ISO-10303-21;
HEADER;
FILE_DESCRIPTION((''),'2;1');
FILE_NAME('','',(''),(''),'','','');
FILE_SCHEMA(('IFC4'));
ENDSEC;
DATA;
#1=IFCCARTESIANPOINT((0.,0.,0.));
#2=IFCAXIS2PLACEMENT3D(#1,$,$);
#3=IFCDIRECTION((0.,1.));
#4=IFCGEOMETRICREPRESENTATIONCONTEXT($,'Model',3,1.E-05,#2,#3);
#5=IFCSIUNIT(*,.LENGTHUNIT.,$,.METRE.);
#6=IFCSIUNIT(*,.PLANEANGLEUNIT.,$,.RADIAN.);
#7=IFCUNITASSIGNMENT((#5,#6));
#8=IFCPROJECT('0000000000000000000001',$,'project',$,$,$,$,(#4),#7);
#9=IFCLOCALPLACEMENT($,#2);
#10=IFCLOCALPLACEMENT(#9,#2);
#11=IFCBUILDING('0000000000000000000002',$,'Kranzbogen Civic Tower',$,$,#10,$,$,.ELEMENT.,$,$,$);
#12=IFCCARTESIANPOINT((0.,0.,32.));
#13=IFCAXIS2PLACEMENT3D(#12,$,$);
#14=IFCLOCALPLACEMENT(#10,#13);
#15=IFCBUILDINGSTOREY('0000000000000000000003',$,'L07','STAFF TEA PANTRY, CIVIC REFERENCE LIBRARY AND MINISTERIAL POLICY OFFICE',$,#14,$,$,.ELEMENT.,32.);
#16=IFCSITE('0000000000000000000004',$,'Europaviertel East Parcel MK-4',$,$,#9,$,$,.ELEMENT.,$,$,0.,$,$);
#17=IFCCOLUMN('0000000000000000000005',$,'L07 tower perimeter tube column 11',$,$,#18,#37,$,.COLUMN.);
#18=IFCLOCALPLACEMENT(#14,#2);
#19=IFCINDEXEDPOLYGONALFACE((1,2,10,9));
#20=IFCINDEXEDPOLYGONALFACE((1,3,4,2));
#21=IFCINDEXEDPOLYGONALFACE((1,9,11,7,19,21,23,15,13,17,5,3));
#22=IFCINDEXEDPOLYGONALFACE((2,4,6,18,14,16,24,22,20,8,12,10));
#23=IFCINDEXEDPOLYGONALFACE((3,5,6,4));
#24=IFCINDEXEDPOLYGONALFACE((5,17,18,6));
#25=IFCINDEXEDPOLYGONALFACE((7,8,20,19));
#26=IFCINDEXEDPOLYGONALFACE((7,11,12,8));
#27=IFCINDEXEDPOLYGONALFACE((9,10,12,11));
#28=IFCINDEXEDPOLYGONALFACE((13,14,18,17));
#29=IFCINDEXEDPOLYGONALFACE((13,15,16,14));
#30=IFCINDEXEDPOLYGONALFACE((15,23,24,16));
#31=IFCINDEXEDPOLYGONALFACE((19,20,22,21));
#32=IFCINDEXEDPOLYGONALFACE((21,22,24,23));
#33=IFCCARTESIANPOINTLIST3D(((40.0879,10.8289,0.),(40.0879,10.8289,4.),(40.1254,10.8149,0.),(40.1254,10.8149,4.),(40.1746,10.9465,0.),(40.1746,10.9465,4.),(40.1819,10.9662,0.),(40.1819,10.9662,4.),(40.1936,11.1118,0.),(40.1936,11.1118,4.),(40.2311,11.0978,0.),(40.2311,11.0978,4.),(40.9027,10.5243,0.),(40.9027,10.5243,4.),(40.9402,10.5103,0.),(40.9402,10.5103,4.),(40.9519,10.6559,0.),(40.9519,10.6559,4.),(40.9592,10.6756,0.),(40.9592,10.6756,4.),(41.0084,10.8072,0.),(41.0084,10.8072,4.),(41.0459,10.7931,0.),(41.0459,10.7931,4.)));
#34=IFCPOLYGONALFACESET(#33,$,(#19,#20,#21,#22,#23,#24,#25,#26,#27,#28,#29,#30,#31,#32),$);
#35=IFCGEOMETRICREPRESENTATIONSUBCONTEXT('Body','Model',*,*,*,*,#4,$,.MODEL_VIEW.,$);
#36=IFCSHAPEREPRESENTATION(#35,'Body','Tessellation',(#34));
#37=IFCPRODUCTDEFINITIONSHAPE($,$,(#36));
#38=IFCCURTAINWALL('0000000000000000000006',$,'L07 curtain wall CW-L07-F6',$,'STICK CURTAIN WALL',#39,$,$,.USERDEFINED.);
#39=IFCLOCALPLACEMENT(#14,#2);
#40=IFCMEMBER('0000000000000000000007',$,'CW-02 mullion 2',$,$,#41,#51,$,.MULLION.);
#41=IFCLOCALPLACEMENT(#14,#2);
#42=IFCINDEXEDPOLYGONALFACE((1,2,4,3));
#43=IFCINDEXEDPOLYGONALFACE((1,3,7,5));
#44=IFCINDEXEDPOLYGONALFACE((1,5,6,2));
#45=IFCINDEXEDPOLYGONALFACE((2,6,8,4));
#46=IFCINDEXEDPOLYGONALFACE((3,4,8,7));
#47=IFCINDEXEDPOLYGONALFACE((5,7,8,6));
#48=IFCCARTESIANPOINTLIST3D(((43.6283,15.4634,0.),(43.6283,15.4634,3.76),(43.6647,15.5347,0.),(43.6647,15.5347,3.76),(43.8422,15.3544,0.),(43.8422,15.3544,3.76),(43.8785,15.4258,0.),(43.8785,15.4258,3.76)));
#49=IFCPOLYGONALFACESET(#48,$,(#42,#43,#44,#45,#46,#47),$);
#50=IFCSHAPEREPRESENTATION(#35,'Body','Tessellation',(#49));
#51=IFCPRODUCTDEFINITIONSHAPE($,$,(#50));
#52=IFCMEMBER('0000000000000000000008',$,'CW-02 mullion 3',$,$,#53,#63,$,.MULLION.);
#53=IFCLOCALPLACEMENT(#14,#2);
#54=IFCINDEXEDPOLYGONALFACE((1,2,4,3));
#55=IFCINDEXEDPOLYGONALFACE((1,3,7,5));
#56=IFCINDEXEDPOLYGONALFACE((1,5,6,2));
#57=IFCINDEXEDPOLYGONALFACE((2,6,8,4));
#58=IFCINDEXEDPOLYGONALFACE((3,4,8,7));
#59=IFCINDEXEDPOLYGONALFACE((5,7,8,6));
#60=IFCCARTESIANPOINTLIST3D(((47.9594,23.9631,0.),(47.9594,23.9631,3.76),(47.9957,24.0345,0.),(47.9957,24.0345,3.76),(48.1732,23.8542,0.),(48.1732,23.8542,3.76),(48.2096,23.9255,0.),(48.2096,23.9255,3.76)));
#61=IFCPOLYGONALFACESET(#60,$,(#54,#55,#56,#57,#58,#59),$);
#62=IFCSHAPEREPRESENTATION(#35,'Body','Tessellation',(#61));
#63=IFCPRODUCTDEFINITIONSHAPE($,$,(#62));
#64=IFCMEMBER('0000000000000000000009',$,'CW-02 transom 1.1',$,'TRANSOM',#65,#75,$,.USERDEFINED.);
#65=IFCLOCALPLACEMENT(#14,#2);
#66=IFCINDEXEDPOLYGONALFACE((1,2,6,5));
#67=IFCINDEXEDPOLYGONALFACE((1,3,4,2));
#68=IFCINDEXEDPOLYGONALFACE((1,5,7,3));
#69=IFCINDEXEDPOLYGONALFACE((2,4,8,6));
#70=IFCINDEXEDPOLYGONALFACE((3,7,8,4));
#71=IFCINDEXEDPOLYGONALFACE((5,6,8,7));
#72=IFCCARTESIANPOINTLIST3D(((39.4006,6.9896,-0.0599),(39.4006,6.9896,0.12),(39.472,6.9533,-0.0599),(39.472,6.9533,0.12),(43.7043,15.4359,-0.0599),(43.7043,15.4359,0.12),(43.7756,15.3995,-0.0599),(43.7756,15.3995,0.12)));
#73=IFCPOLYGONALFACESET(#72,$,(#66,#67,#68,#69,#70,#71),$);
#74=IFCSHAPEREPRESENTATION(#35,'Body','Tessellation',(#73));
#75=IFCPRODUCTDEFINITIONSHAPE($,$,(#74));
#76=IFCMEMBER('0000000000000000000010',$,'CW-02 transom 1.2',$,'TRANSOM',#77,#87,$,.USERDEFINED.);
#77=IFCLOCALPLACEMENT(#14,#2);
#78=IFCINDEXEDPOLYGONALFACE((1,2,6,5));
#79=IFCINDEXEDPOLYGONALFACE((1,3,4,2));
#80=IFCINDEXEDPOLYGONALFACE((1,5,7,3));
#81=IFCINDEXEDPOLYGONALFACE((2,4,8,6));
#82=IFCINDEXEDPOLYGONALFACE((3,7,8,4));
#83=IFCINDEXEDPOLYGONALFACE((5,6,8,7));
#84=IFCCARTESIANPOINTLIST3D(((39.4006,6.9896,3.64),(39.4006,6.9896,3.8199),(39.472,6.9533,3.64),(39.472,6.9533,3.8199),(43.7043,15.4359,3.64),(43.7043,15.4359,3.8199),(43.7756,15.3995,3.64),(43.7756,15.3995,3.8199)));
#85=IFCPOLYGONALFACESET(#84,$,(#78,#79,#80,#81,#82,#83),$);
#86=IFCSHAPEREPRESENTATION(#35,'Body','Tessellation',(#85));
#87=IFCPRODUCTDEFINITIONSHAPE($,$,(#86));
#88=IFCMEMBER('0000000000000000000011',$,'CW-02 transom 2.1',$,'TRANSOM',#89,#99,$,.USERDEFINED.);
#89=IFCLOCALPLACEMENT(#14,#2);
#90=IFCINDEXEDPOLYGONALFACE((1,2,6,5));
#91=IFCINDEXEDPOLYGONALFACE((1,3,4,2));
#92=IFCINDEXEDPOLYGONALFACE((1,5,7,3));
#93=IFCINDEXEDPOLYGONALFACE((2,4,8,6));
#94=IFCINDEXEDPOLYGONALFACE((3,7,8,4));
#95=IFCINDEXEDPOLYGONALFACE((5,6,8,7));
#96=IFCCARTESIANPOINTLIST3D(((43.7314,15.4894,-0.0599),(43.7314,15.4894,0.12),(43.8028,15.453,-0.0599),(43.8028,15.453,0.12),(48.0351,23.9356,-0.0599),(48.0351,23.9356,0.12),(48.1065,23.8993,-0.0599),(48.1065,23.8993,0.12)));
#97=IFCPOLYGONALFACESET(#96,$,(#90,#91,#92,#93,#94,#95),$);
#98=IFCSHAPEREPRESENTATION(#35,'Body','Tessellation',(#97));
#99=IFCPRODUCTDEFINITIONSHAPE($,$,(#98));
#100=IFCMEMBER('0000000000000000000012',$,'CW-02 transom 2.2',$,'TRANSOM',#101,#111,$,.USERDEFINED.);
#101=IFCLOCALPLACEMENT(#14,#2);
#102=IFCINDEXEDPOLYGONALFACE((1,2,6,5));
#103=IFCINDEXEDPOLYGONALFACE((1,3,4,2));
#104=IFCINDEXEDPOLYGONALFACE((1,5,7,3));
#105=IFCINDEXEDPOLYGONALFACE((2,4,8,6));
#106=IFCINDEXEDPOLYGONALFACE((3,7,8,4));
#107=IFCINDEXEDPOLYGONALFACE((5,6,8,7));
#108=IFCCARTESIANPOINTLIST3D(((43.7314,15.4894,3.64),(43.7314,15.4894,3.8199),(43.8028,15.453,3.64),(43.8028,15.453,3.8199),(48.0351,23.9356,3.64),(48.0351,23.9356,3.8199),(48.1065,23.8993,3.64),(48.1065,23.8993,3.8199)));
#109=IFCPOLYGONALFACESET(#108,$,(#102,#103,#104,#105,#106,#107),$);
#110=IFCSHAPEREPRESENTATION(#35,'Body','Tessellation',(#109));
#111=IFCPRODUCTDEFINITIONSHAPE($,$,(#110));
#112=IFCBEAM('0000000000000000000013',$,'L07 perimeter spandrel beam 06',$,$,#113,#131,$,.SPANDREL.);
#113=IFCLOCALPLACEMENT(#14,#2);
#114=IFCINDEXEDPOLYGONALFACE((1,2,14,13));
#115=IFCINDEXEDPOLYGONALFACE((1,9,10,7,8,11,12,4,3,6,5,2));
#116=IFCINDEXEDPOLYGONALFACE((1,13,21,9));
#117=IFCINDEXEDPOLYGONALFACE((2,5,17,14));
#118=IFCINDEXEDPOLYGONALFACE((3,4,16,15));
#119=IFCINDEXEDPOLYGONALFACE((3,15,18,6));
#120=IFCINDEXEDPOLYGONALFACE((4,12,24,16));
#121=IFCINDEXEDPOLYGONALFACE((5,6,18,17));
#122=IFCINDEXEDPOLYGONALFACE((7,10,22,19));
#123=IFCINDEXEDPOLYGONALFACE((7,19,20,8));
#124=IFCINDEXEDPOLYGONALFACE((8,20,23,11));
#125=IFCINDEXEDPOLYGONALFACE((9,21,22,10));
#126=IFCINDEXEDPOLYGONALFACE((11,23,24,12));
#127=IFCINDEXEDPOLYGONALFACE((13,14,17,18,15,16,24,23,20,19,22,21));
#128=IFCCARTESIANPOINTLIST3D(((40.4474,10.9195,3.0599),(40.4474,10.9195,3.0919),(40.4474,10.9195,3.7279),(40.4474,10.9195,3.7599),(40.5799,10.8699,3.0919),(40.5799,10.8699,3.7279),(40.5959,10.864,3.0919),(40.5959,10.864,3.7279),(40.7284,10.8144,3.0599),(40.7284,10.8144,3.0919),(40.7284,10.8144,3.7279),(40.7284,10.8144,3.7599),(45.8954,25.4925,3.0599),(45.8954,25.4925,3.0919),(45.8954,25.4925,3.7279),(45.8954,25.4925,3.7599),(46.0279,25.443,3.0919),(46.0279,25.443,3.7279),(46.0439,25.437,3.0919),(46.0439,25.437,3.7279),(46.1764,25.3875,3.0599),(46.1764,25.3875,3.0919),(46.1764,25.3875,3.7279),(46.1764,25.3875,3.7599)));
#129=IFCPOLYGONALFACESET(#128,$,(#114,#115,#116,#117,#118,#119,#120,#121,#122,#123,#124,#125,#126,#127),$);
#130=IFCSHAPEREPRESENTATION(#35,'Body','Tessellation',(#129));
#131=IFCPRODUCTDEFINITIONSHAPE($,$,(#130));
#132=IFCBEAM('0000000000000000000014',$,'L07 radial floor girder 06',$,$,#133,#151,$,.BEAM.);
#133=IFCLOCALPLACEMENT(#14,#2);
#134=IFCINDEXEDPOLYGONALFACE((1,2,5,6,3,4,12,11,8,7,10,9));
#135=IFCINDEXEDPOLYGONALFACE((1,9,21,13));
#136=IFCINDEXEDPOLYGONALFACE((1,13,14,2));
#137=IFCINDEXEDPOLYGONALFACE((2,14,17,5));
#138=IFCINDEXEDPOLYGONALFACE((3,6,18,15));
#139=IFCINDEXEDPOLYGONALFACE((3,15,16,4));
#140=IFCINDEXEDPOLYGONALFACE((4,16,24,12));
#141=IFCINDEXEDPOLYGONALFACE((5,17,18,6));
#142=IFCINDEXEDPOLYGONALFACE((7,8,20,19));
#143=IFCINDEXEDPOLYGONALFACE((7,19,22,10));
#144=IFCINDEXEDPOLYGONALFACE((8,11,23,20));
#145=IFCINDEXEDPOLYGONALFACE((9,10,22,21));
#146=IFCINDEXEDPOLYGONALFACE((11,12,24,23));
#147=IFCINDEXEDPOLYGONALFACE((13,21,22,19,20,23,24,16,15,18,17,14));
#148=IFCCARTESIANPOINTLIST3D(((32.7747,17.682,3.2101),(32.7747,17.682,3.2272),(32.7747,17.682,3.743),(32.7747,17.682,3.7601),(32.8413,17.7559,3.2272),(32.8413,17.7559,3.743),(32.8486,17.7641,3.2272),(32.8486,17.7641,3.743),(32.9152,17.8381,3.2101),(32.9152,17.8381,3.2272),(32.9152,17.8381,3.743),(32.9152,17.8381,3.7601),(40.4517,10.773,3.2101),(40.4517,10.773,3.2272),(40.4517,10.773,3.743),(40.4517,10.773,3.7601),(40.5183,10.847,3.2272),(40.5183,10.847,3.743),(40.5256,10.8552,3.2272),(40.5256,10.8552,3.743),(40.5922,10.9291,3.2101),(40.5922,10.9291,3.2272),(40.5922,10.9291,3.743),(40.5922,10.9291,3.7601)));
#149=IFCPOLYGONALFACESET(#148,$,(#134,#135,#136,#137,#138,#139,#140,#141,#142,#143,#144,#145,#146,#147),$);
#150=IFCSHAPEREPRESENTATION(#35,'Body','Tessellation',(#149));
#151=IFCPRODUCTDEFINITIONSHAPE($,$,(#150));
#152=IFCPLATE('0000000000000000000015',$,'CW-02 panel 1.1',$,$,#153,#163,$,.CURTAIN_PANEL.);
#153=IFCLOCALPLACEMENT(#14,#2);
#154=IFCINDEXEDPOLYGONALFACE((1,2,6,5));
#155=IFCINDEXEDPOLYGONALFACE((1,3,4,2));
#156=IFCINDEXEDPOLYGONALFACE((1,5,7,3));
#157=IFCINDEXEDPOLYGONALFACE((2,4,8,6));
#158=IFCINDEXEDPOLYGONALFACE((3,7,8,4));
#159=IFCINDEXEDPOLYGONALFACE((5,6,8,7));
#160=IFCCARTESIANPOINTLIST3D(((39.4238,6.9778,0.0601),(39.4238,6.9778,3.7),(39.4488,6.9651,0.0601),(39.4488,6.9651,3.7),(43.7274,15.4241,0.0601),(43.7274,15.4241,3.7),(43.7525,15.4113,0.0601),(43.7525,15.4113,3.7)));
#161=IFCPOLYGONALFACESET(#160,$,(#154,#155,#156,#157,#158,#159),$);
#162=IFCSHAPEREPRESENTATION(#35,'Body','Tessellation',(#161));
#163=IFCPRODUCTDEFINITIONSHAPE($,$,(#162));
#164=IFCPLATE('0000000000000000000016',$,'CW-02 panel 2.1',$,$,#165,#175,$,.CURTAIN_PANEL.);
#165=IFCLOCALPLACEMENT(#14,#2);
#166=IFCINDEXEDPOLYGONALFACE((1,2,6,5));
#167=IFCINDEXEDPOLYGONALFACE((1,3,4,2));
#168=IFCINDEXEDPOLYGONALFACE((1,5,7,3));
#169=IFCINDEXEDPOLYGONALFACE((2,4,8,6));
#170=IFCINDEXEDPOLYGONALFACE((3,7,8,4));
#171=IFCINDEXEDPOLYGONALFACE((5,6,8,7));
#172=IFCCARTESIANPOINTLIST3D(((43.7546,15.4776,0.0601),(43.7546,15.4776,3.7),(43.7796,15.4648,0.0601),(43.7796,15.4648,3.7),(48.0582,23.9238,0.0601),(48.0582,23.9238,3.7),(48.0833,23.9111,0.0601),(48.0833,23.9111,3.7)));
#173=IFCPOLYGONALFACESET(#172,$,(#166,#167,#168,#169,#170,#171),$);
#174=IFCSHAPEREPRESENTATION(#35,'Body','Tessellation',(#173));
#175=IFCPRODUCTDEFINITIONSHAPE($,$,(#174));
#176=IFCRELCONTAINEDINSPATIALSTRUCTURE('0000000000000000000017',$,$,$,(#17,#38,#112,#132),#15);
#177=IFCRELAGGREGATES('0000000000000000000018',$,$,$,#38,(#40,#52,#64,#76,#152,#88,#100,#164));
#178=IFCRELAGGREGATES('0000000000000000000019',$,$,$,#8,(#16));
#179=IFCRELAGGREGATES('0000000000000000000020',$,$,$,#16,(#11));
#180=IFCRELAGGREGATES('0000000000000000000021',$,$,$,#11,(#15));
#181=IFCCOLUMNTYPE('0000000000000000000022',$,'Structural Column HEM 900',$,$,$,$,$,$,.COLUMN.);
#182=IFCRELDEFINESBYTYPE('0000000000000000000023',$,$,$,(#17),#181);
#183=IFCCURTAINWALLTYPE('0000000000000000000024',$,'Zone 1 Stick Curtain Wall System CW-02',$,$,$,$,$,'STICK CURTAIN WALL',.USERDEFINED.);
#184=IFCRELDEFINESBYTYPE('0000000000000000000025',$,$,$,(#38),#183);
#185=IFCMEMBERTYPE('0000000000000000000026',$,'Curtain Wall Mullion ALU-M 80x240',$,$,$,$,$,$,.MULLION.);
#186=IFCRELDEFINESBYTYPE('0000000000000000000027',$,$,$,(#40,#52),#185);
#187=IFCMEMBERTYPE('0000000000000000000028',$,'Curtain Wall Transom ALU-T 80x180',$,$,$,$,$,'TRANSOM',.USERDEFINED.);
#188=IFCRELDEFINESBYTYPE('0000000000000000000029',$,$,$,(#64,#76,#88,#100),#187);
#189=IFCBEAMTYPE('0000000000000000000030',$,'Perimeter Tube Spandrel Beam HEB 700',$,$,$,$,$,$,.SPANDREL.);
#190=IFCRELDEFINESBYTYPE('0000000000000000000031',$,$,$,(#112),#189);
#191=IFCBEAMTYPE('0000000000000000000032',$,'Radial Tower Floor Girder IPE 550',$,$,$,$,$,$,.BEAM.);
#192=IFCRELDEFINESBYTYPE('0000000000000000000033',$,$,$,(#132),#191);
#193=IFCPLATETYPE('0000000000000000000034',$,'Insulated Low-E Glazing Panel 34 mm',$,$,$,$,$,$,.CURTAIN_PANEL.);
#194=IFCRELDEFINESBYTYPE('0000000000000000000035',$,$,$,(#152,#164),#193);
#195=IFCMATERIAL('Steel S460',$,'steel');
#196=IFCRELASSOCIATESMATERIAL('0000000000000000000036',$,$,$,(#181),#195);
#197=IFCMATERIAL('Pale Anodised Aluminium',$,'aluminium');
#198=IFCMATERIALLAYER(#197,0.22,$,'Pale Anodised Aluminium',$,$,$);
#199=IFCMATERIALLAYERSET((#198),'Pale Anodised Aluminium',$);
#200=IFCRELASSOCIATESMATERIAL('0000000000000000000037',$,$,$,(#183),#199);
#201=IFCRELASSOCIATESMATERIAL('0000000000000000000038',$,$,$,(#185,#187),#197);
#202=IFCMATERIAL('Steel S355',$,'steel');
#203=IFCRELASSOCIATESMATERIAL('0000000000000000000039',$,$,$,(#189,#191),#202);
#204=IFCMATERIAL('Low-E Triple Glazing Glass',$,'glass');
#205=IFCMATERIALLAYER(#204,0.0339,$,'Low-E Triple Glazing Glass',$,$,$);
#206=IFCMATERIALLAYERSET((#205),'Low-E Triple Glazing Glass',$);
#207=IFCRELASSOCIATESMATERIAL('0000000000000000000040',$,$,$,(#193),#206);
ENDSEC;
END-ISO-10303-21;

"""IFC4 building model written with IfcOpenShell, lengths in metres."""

from ifc_helpers import new_model, si_unit, direction, frame, origin, origin_2d, place, context, subcontext, project, spatial, rectangle, i_section, extrude, material, layer, layer_set, material_profile, profile_set, type_object, element, aggregate, save


model = new_model("IFC4")

# Units and contexts
model_context = context("Model", 3, precision=1e-05, world=origin(), true_north=direction((0.0, 1.0)))
body_context = subcontext(model_context, "Body", "Model", "MODEL_VIEW")
ifc_project = project(units=[si_unit("LENGTHUNIT", "METRE"), si_unit("PLANEANGLEUNIT", "RADIAN")], contexts=[model_context])

# Site, building, storey
site_placement = place(None, origin())
site = spatial("IfcSite", under=ifc_project, at=site_placement, Name="Europaviertel East Parcel MK-4", CompositionType="ELEMENT", RefElevation=0.0)
building_placement = place(site_placement, origin())
building = spatial("IfcBuilding", under=site, at=building_placement, Name="Kranzbogen Civic Tower", CompositionType="ELEMENT")
storey_placement = place(building_placement, frame((0.0, 0.0, 32.0)))
storey = spatial("IfcBuildingStorey", under=building, at=storey_placement, Name="L07", Description="STAFF TEA PANTRY, CIVIC REFERENCE LIBRARY AND MINISTERIAL POLICY OFFICE", CompositionType="ELEMENT", Elevation=32.0)

# Column
ifc_material_1 = material(Name="Steel S460", Category="steel")
ifc_material_profile_1 = material_profile(ifc_material_1, i_section(OverallWidth=0.302, OverallDepth=0.9099, WebThickness=0.021, FlangeThickness=0.04, at=origin_2d()), Name="HEM 900")
ifc_profile_set_1 = profile_set([ifc_material_profile_1], Name="Steel S460")
column_type = type_object("IfcColumnType", Name="Structural Column HEM 900", PredefinedType="COLUMN", material=ifc_profile_set_1)
column_placement = place(storey_placement, frame((40.5669, 10.811, 0.0), z_axis=(0.0, 0.0, 1.0), x_axis=(0.350207, 0.936672, 0.0)))
element("IfcColumn", 1, at=column_placement, inside=storey, type_object=column_type, Name="L07 tower perimeter tube column 11", PredefinedType="COLUMN", context=body_context, shape_type="SweptSolid", body=[
    extrude(i_section(OverallWidth=0.302, OverallDepth=0.9099, WebThickness=0.021, FlangeThickness=0.04, at=origin_2d()), origin(), (0.0, 0.0, 1.0), 4.0),
])

# Curtain wall, members
ifc_material_2 = material(Name="Pale Anodised Aluminium", Category="aluminium")
ifc_layer_1 = layer(ifc_material_2, 0.22, Name="Pale Anodised Aluminium")
ifc_layer_set_1 = layer_set([ifc_layer_1], Name="Pale Anodised Aluminium")
curtain_wall_type = type_object("IfcCurtainWallType", Name="Zone 1 Stick Curtain Wall System CW-02", ElementType="STICK CURTAIN WALL", PredefinedType="USERDEFINED", material=ifc_layer_set_1)
curtain_wall_placement = place(storey_placement, origin())
curtain_wall = element("IfcCurtainWall", 2, at=curtain_wall_placement, inside=storey, type_object=curtain_wall_type, Name="L07 curtain wall CW-L07-F6", ObjectType="STICK CURTAIN WALL", PredefinedType="USERDEFINED")
ifc_material_profile_2 = material_profile(ifc_material_2, rectangle(XDim=0.0801, YDim=0.24, at=origin_2d()), Name="ALU-M 80x240")
ifc_profile_set_2 = profile_set([ifc_material_profile_2], Name="Pale Anodised Aluminium")
member_type_1 = type_object("IfcMemberType", Name="Curtain Wall Mullion ALU-M 80x240", PredefinedType="MULLION", material=ifc_profile_set_2)
member_1_placement = place(storey_placement, frame((43.7534, 15.4446, 0.0), z_axis=(0.0, 0.0, 1.0), x_axis=(0.453993, 0.891005, 0.0)))
member_1 = element("IfcMember", 3, at=member_1_placement, type_object=member_type_1, Name="CW-02 mullion 2", PredefinedType="MULLION", context=body_context, shape_type="SweptSolid", body=[
    extrude(rectangle(XDim=0.0801, YDim=0.24, at=origin_2d()), origin(), (0.0, 0.0, 1.0), 3.76),
])
member_2_placement = place(storey_placement, frame((48.0845, 23.9443, 0.0), z_axis=(0.0, 0.0, 1.0), x_axis=(0.453993, 0.891005, 0.0)))
member_2 = element("IfcMember", 4, at=member_2_placement, type_object=member_type_1, Name="CW-02 mullion 3", PredefinedType="MULLION", context=body_context, shape_type="SweptSolid", body=[
    extrude(rectangle(XDim=0.0801, YDim=0.24, at=origin_2d()), origin(), (0.0, 0.0, 1.0), 3.76),
])
ifc_material_profile_3 = material_profile(ifc_material_2, rectangle(XDim=0.0801, YDim=0.1799, at=origin_2d()), Name="ALU-T 80x180")
ifc_profile_set_3 = profile_set([ifc_material_profile_3], Name="Pale Anodised Aluminium")
member_type_2 = type_object("IfcMemberType", Name="Curtain Wall Transom ALU-T 80x180", ElementType="TRANSOM", PredefinedType="USERDEFINED", material=ifc_profile_set_3)
member_3_placement = place(storey_placement, frame((39.4363, 6.9714, 0.03), z_axis=(0.454, 0.891002, 0.0), x_axis=(-0.891002, 0.454, 0.0)))
member_3 = element("IfcMember", 5, at=member_3_placement, type_object=member_type_2, Name="CW-02 transom 1.1", ObjectType="TRANSOM", PredefinedType="USERDEFINED", context=body_context, shape_type="SweptSolid", body=[
    extrude(rectangle(XDim=0.0801, YDim=0.1799, at=origin_2d()), origin(), (0.0, 0.0, 1.0), 9.4795),
])
member_4_placement = place(storey_placement, frame((39.4363, 6.9714, 3.73), z_axis=(0.454, 0.891002, 0.0), x_axis=(-0.891002, 0.454, 0.0)))
member_4 = element("IfcMember", 6, at=member_4_placement, type_object=member_type_2, Name="CW-02 transom 1.2", ObjectType="TRANSOM", PredefinedType="USERDEFINED", context=body_context, shape_type="SweptSolid", body=[
    extrude(rectangle(XDim=0.0801, YDim=0.1799, at=origin_2d()), origin(), (0.0, 0.0, 1.0), 9.4795),
])
member_5_placement = place(storey_placement, frame((43.7671, 15.4712, 0.03), z_axis=(0.454, 0.891002, 0.0), x_axis=(-0.891002, 0.454, 0.0)))
member_5 = element("IfcMember", 7, at=member_5_placement, type_object=member_type_2, Name="CW-02 transom 2.1", ObjectType="TRANSOM", PredefinedType="USERDEFINED", context=body_context, shape_type="SweptSolid", body=[
    extrude(rectangle(XDim=0.0801, YDim=0.1799, at=origin_2d()), origin(), (0.0, 0.0, 1.0), 9.4795),
])
member_6_placement = place(storey_placement, frame((43.7671, 15.4712, 3.73), z_axis=(0.454, 0.891002, 0.0), x_axis=(-0.891002, 0.454, 0.0)))
member_6 = element("IfcMember", 8, at=member_6_placement, type_object=member_type_2, Name="CW-02 transom 2.2", ObjectType="TRANSOM", PredefinedType="USERDEFINED", context=body_context, shape_type="SweptSolid", body=[
    extrude(rectangle(XDim=0.0801, YDim=0.1799, at=origin_2d()), origin(), (0.0, 0.0, 1.0), 9.4795),
])

# Beams
ifc_material_3 = material(Name="Steel S355", Category="steel")
ifc_material_profile_4 = material_profile(ifc_material_3, i_section(OverallWidth=0.3, OverallDepth=0.7, WebThickness=0.0171, FlangeThickness=0.032, at=origin_2d()), Name="HEB 700")
ifc_profile_set_4 = profile_set([ifc_material_profile_4], Name="Steel S355")
beam_type_1 = type_object("IfcBeamType", Name="Perimeter Tube Spandrel Beam HEB 700", PredefinedType="SPANDREL", material=ifc_profile_set_4)
beam_1_placement = place(storey_placement, frame((40.5879, 10.8669, 3.4099), z_axis=(0.350172, 0.936685, 0.0), x_axis=(-0.936685, 0.350172, 0.0)))
element("IfcBeam", 9, at=beam_1_placement, inside=storey, type_object=beam_type_1, Name="L07 perimeter spandrel beam 06", PredefinedType="SPANDREL", context=body_context, shape_type="SweptSolid", body=[
    extrude(i_section(OverallWidth=0.3, OverallDepth=0.7, WebThickness=0.0171, FlangeThickness=0.032, at=origin_2d()), origin(), (0.0, 0.0, 1.0), 15.5581),
])
ifc_material_profile_5 = material_profile(ifc_material_3, i_section(OverallWidth=0.21, OverallDepth=0.55, WebThickness=0.011, FlangeThickness=0.0171, at=origin_2d()), Name="IPE 550")
ifc_profile_set_5 = profile_set([ifc_material_profile_5], Name="Steel S355")
beam_type_2 = type_object("IfcBeamType", Name="Radial Tower Floor Girder IPE 550", PredefinedType="BEAM", material=ifc_profile_set_5)
beam_2_placement = place(storey_placement, frame((40.522, 10.8511, 3.4851), z_axis=(-0.743312, 0.668945, 0.0), x_axis=(-0.668945, -0.743312, 0.0)))
element("IfcBeam", 10, at=beam_2_placement, inside=storey, type_object=beam_type_2, Name="L07 radial floor girder 06", PredefinedType="BEAM", context=body_context, shape_type="SweptSolid", body=[
    extrude(i_section(OverallWidth=0.21, OverallDepth=0.55, WebThickness=0.011, FlangeThickness=0.0171, at=origin_2d()), origin(), (0.0, 0.0, 1.0), 10.3281),
])

# Plates
ifc_material_4 = material(Name="Low-E Triple Glazing Glass", Category="glass")
ifc_layer_2 = layer(ifc_material_4, 0.0339, Name="Low-E Triple Glazing Glass")
ifc_layer_set_2 = layer_set([ifc_layer_2], Name="Low-E Triple Glazing Glass")
plate_type = type_object("IfcPlateType", Name="Insulated Low-E Glazing Panel 34 mm", PredefinedType="CURTAIN_PANEL", material=ifc_layer_set_2)
plate_1_placement = place(storey_placement, frame((41.5881, 11.1946, 0.0601), z_axis=(0.0, 0.0, 1.0), x_axis=(0.453993, 0.891005, 0.0)))
plate_1 = element("IfcPlate", 11, at=plate_1_placement, type_object=plate_type, Name="CW-02 panel 1.1", PredefinedType="CURTAIN_PANEL", context=body_context, shape_type="SweptSolid", body=[
    extrude(rectangle(XDim=9.4795, YDim=0.0281, at=origin_2d()), origin(), (0.0, 0.0, 1.0), 3.6399),
])
plate_2_placement = place(storey_placement, frame((45.9189, 19.6943, 0.0601), z_axis=(0.0, 0.0, 1.0), x_axis=(0.453993, 0.891005, 0.0)))
plate_2 = element("IfcPlate", 12, at=plate_2_placement, type_object=plate_type, Name="CW-02 panel 2.1", PredefinedType="CURTAIN_PANEL", context=body_context, shape_type="SweptSolid", body=[
    extrude(rectangle(XDim=9.4795, YDim=0.0281, at=origin_2d()), origin(), (0.0, 0.0, 1.0), 3.6399),
])
aggregate(curtain_wall, [member_1, member_2, member_3, member_4, plate_1, member_5, member_6, plate_2])

save(model, "model.ifc")
